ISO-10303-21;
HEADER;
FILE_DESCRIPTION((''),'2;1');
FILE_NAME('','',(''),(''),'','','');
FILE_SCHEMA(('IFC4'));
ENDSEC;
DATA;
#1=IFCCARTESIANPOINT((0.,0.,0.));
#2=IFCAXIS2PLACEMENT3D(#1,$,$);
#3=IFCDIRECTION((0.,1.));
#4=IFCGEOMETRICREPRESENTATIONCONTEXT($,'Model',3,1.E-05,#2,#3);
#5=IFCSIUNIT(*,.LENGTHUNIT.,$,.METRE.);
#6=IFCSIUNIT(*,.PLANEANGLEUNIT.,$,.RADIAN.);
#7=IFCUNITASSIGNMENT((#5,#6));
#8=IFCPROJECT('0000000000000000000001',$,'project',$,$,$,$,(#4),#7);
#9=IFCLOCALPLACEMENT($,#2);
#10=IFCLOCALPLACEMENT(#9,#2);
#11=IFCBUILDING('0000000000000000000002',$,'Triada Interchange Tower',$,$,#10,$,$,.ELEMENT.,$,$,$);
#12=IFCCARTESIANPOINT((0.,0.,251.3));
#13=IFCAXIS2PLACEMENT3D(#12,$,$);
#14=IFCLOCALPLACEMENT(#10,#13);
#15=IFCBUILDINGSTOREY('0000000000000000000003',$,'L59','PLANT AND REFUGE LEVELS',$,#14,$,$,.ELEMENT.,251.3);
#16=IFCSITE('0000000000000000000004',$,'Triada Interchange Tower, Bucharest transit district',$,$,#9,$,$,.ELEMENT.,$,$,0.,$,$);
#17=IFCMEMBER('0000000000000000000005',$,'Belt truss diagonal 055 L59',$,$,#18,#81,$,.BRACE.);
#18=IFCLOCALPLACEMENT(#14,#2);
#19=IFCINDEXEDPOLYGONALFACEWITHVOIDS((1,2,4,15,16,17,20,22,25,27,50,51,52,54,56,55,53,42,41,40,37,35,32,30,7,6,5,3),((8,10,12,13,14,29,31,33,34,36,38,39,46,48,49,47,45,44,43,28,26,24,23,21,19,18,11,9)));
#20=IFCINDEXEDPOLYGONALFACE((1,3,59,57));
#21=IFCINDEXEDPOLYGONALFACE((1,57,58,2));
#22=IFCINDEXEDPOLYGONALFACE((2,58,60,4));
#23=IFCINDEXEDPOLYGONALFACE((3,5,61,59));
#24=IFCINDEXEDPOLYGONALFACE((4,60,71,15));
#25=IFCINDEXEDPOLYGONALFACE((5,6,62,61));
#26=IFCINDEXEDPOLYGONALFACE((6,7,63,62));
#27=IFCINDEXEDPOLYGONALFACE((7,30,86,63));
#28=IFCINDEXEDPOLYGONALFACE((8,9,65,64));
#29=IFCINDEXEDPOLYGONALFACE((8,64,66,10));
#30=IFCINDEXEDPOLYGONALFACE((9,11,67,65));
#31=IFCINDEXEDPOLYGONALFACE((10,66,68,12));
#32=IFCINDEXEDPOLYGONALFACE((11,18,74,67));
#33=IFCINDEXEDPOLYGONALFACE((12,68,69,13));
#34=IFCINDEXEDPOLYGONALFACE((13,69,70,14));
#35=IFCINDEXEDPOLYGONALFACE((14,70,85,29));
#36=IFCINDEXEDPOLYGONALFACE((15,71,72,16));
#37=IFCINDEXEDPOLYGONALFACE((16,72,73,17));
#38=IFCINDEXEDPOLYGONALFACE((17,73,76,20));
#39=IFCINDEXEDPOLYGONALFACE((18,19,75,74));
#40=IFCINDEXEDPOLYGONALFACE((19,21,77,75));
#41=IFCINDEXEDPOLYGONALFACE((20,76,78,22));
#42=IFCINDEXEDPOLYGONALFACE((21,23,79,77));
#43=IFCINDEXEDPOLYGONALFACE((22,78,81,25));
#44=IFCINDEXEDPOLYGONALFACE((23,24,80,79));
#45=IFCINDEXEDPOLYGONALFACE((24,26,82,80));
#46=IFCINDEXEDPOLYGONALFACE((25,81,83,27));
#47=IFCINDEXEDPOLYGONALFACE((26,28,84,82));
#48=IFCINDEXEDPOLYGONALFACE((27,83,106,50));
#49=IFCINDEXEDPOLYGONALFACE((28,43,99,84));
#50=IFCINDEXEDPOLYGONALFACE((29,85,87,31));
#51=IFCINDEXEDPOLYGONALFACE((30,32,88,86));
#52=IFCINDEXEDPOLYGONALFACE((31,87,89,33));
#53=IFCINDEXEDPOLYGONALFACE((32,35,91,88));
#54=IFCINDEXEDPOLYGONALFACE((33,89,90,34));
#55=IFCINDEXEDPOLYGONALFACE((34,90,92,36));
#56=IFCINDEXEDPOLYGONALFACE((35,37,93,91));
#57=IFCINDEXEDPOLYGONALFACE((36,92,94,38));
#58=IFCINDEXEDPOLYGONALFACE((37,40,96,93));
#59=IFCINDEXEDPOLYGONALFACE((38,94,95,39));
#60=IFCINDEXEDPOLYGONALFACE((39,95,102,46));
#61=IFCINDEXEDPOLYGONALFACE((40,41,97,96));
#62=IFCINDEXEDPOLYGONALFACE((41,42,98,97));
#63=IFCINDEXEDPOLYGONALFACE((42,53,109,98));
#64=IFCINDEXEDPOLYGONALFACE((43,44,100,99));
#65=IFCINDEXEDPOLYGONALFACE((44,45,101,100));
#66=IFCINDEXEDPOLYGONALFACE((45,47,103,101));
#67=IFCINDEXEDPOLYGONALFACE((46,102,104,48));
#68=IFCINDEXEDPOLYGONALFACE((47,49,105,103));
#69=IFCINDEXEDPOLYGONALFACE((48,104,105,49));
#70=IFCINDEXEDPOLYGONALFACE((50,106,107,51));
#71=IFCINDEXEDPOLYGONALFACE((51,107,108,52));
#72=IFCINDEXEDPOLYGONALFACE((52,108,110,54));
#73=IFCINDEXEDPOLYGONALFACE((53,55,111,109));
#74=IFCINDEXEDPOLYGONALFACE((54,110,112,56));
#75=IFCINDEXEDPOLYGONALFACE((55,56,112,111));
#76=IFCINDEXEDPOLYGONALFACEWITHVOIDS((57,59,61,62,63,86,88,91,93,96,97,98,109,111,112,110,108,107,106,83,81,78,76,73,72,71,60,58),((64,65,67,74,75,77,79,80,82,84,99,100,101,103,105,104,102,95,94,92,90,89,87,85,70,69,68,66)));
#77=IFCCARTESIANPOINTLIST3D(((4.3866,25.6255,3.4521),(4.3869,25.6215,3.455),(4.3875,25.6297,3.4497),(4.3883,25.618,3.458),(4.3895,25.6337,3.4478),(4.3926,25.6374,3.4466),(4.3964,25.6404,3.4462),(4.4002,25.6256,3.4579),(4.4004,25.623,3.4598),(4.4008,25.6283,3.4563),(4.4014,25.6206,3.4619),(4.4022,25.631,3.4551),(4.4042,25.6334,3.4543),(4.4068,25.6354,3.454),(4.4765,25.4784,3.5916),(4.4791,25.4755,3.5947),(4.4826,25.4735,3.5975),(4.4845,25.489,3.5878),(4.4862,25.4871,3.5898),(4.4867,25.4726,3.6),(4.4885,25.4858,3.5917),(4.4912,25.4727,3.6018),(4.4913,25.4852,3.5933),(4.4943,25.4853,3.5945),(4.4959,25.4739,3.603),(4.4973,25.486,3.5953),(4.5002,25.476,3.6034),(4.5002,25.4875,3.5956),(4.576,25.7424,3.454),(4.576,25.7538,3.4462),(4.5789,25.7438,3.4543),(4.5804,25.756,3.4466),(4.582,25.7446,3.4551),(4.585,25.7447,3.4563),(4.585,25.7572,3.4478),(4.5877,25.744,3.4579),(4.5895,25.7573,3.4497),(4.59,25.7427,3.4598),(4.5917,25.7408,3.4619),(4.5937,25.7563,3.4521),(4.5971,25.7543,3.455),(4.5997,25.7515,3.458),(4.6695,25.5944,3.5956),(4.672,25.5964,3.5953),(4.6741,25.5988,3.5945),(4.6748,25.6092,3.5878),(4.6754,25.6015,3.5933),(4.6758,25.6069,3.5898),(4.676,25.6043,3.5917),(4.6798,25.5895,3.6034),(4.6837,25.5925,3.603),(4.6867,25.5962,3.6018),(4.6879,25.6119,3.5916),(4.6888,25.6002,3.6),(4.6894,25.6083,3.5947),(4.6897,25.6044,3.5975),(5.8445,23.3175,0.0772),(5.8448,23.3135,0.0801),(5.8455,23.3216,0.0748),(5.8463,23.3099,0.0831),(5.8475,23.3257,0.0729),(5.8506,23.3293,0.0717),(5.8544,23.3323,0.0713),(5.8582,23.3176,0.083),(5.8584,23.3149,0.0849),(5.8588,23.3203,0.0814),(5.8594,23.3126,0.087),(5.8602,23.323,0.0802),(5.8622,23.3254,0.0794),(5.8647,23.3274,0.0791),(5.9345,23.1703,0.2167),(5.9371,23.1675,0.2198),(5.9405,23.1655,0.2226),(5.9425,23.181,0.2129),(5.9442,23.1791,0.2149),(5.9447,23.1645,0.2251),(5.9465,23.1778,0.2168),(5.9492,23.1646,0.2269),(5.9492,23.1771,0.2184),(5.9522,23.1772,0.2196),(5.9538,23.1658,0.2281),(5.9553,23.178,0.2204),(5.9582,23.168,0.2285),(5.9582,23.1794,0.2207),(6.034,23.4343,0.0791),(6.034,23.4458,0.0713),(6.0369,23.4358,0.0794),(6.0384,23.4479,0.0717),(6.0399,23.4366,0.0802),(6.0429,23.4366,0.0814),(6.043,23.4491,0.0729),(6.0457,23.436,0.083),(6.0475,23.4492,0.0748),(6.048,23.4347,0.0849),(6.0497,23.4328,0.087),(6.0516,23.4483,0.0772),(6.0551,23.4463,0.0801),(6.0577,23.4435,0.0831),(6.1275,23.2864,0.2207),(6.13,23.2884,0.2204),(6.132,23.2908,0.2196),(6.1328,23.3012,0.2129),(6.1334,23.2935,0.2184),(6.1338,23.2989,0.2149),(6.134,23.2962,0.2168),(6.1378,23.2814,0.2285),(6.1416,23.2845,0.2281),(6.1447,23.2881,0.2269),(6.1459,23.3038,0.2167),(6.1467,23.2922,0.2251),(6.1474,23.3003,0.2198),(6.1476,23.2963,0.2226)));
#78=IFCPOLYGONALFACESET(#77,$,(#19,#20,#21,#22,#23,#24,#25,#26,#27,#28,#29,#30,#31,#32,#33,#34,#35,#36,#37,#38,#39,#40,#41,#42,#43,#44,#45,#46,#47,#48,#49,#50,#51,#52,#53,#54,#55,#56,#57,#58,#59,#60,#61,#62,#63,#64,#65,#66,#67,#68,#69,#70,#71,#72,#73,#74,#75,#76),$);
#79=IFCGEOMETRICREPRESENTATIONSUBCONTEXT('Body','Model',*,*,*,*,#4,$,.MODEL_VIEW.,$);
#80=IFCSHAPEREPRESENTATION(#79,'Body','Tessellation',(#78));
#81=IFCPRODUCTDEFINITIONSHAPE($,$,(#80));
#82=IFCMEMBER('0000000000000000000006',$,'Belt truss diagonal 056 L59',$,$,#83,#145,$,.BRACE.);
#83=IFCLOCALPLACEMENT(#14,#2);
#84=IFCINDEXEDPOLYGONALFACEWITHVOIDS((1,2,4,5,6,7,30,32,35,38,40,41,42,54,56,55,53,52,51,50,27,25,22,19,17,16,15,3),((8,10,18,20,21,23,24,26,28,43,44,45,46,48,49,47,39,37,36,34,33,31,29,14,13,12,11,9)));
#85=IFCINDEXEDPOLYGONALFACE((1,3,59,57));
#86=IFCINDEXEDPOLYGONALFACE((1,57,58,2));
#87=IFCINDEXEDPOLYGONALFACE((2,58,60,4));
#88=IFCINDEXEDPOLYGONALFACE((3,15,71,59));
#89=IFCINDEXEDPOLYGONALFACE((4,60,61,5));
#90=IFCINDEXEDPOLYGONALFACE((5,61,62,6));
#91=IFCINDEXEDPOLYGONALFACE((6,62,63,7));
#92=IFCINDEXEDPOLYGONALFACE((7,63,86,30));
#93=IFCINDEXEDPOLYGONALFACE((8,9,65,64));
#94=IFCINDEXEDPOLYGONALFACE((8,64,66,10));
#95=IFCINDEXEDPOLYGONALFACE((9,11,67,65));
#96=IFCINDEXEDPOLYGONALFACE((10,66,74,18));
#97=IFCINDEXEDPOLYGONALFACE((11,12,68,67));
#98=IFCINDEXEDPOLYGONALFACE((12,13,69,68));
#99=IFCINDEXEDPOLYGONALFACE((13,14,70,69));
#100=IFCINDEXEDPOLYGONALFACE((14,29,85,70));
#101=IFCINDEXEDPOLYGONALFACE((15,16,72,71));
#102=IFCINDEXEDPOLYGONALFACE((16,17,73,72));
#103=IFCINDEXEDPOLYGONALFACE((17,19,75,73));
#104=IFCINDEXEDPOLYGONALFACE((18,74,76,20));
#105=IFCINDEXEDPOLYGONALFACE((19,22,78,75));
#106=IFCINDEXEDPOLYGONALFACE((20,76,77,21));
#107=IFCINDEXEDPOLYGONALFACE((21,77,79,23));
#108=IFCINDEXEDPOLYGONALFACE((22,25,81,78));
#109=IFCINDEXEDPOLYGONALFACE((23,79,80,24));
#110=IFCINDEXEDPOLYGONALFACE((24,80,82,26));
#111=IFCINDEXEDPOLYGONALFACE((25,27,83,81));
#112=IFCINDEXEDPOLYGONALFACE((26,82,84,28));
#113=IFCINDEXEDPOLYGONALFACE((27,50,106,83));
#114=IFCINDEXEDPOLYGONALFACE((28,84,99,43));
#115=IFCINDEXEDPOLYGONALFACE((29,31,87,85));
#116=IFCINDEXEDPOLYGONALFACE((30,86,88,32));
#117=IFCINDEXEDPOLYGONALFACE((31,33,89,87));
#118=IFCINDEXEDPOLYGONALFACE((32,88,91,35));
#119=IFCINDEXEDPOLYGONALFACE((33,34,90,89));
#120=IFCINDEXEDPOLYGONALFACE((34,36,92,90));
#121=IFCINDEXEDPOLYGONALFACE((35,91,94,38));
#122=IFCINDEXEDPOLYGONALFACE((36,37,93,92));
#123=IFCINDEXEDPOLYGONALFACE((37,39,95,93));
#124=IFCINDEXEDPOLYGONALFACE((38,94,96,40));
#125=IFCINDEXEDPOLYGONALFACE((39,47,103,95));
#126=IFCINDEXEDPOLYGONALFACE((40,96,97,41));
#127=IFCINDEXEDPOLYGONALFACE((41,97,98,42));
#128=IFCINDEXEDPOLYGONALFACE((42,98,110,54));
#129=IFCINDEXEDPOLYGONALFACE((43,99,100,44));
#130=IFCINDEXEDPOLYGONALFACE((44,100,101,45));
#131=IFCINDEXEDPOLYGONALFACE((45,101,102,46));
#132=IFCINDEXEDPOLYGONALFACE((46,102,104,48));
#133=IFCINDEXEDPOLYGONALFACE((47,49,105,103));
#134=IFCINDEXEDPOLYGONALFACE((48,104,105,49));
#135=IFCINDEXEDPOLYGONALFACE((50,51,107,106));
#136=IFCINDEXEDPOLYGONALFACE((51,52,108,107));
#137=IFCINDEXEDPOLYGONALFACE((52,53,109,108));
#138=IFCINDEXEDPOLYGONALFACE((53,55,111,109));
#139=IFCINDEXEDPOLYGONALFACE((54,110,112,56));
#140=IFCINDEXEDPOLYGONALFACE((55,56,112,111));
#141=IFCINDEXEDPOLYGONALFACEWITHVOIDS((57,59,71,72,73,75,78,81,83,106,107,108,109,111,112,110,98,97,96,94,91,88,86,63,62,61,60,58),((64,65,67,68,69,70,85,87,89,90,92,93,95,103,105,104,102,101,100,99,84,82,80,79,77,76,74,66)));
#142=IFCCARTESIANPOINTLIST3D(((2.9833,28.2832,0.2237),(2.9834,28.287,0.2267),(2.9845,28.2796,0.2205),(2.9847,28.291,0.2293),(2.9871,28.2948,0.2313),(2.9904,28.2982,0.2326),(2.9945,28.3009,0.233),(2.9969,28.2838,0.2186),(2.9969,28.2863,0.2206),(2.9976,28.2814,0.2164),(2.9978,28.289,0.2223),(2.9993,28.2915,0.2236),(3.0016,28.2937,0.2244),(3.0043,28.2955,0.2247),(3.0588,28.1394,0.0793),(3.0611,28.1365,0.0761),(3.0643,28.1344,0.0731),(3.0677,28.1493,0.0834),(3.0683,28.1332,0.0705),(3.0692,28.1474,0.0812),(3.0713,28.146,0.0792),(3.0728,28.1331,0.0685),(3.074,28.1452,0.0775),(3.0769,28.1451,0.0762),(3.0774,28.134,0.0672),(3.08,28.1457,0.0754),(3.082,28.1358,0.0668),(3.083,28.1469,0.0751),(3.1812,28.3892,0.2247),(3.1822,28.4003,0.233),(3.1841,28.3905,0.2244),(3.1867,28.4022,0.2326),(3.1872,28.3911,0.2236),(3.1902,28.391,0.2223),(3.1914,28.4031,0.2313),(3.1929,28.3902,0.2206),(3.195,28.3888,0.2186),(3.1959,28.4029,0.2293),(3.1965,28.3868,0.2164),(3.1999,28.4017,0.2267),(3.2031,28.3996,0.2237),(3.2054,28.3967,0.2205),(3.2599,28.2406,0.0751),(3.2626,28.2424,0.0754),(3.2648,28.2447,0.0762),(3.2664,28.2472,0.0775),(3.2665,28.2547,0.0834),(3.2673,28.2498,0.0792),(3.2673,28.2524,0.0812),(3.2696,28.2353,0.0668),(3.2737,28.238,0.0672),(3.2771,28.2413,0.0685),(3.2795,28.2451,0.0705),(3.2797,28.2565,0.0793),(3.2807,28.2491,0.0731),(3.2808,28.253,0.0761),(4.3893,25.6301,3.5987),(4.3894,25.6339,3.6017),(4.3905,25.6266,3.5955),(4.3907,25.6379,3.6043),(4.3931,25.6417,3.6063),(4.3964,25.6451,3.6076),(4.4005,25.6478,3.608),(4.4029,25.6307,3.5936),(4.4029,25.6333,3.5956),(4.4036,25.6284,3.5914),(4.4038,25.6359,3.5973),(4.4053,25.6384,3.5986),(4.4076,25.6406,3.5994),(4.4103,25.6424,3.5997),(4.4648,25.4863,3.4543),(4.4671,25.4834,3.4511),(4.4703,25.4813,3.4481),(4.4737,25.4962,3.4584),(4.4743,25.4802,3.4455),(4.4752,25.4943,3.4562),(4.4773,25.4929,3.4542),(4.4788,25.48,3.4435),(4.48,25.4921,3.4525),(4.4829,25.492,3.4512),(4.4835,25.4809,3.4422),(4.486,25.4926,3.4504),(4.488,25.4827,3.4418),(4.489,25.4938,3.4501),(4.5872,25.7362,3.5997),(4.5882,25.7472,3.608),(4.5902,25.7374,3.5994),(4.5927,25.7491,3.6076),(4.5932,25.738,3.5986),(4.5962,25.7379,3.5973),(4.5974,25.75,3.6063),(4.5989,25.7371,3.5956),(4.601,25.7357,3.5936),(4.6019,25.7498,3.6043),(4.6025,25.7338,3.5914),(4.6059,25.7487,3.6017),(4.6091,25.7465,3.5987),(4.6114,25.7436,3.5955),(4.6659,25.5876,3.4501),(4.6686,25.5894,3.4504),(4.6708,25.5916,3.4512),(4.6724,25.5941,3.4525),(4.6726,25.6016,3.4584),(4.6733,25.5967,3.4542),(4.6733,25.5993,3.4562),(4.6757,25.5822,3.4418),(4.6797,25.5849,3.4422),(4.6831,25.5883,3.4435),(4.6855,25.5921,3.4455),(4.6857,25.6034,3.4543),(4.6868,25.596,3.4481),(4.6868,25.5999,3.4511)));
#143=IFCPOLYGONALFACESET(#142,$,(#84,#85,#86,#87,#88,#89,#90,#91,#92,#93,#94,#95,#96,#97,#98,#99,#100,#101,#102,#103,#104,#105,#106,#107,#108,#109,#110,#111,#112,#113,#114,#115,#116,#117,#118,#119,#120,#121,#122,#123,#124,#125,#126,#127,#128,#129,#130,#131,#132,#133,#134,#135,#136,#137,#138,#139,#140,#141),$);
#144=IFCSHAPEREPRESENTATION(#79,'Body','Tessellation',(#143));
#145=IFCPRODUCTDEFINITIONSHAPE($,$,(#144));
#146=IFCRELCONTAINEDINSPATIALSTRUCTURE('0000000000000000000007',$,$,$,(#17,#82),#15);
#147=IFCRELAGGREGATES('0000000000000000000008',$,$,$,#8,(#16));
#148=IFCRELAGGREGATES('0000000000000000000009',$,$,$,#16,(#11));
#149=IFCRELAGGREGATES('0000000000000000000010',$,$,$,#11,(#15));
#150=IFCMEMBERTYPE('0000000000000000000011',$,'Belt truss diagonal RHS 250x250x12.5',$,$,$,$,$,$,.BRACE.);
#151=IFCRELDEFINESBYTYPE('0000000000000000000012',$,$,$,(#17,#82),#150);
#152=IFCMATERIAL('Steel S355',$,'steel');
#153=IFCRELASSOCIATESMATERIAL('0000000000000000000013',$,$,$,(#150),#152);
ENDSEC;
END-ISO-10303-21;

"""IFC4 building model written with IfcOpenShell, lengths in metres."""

from ifc_helpers import new_model, si_unit, direction, frame, origin, origin_2d, place, context, subcontext, project, spatial, hollow_rectangle, extrude, material, material_profile, profile_set, type_object, element, save


model = new_model("IFC4")

# Units and contexts
model_context = context("Model", 3, precision=1e-05, world=origin(), true_north=direction((0.0, 1.0)))
body_context = subcontext(model_context, "Body", "Model", "MODEL_VIEW")
ifc_project = project(units=[si_unit("LENGTHUNIT", "METRE"), si_unit("PLANEANGLEUNIT", "RADIAN")], contexts=[model_context])

# Site, building, storey
site_placement = place(None, origin())
site = spatial("IfcSite", under=ifc_project, at=site_placement, Name="Triada Interchange Tower, Bucharest transit district", CompositionType="ELEMENT", RefElevation=0.0)
building_placement = place(site_placement, origin())
building = spatial("IfcBuilding", under=site, at=building_placement, Name="Triada Interchange Tower", CompositionType="ELEMENT")
storey_placement = place(building_placement, frame((0.0, 0.0, 251.3)))
storey = spatial("IfcBuildingStorey", under=building, at=storey_placement, Name="L59", Description="PLANT AND REFUGE LEVELS", CompositionType="ELEMENT", Elevation=251.3)

# Members
ifc_material_1 = material(Name="Steel S355", Category="steel")
ifc_material_profile_1 = material_profile(ifc_material_1, hollow_rectangle(XDim=0.25, YDim=0.25, WallThickness=0.0125, InnerFilletRadius=0.0125, OuterFilletRadius=0.0188, at=origin_2d()), Name="RHS 250x250x12.5")
ifc_profile_set_1 = profile_set([ifc_material_profile_1], Name="Steel S355")
member_type_1 = type_object("IfcMemberType", Name="Belt truss diagonal RHS 250x250x12.5", PredefinedType="BRACE", material=ifc_profile_set_1)
member_1_placement = place(storey_placement, frame((5.9961, 23.3069, 0.1499), z_axis=(-0.335874, 0.531706, 0.777481), x_axis=(-0.845446, -0.53406, 0.0)))
element("IfcMember", 1, at=member_1_placement, inside=storey, type_object=member_type_1, Name="Belt truss diagonal 055 L59", PredefinedType="BRACE", context=body_context, shape_type="SweptSolid", body=[
    extrude(hollow_rectangle(XDim=0.25, YDim=0.25, WallThickness=0.0125, InnerFilletRadius=0.0125, OuterFilletRadius=0.0188, at=origin_2d()), origin(), (0.0, 0.0, 1.0), 4.3408),
])
member_2_placement = place(storey_placement, frame((3.1321, 28.2681, 0.1499), z_axis=(0.311247, -0.58731, 0.747122), x_axis=(0.88359, 0.468261, 0.0)))
element("IfcMember", 2, at=member_2_placement, inside=storey, type_object=member_type_1, Name="Belt truss diagonal 056 L59", PredefinedType="BRACE", context=body_context, shape_type="SweptSolid", body=[
    extrude(hollow_rectangle(XDim=0.25, YDim=0.25, WallThickness=0.0125, InnerFilletRadius=0.0125, OuterFilletRadius=0.0188, at=origin_2d()), origin(), (0.0, 0.0, 1.0), 4.5173),
])

save(model, "model.ifc")
